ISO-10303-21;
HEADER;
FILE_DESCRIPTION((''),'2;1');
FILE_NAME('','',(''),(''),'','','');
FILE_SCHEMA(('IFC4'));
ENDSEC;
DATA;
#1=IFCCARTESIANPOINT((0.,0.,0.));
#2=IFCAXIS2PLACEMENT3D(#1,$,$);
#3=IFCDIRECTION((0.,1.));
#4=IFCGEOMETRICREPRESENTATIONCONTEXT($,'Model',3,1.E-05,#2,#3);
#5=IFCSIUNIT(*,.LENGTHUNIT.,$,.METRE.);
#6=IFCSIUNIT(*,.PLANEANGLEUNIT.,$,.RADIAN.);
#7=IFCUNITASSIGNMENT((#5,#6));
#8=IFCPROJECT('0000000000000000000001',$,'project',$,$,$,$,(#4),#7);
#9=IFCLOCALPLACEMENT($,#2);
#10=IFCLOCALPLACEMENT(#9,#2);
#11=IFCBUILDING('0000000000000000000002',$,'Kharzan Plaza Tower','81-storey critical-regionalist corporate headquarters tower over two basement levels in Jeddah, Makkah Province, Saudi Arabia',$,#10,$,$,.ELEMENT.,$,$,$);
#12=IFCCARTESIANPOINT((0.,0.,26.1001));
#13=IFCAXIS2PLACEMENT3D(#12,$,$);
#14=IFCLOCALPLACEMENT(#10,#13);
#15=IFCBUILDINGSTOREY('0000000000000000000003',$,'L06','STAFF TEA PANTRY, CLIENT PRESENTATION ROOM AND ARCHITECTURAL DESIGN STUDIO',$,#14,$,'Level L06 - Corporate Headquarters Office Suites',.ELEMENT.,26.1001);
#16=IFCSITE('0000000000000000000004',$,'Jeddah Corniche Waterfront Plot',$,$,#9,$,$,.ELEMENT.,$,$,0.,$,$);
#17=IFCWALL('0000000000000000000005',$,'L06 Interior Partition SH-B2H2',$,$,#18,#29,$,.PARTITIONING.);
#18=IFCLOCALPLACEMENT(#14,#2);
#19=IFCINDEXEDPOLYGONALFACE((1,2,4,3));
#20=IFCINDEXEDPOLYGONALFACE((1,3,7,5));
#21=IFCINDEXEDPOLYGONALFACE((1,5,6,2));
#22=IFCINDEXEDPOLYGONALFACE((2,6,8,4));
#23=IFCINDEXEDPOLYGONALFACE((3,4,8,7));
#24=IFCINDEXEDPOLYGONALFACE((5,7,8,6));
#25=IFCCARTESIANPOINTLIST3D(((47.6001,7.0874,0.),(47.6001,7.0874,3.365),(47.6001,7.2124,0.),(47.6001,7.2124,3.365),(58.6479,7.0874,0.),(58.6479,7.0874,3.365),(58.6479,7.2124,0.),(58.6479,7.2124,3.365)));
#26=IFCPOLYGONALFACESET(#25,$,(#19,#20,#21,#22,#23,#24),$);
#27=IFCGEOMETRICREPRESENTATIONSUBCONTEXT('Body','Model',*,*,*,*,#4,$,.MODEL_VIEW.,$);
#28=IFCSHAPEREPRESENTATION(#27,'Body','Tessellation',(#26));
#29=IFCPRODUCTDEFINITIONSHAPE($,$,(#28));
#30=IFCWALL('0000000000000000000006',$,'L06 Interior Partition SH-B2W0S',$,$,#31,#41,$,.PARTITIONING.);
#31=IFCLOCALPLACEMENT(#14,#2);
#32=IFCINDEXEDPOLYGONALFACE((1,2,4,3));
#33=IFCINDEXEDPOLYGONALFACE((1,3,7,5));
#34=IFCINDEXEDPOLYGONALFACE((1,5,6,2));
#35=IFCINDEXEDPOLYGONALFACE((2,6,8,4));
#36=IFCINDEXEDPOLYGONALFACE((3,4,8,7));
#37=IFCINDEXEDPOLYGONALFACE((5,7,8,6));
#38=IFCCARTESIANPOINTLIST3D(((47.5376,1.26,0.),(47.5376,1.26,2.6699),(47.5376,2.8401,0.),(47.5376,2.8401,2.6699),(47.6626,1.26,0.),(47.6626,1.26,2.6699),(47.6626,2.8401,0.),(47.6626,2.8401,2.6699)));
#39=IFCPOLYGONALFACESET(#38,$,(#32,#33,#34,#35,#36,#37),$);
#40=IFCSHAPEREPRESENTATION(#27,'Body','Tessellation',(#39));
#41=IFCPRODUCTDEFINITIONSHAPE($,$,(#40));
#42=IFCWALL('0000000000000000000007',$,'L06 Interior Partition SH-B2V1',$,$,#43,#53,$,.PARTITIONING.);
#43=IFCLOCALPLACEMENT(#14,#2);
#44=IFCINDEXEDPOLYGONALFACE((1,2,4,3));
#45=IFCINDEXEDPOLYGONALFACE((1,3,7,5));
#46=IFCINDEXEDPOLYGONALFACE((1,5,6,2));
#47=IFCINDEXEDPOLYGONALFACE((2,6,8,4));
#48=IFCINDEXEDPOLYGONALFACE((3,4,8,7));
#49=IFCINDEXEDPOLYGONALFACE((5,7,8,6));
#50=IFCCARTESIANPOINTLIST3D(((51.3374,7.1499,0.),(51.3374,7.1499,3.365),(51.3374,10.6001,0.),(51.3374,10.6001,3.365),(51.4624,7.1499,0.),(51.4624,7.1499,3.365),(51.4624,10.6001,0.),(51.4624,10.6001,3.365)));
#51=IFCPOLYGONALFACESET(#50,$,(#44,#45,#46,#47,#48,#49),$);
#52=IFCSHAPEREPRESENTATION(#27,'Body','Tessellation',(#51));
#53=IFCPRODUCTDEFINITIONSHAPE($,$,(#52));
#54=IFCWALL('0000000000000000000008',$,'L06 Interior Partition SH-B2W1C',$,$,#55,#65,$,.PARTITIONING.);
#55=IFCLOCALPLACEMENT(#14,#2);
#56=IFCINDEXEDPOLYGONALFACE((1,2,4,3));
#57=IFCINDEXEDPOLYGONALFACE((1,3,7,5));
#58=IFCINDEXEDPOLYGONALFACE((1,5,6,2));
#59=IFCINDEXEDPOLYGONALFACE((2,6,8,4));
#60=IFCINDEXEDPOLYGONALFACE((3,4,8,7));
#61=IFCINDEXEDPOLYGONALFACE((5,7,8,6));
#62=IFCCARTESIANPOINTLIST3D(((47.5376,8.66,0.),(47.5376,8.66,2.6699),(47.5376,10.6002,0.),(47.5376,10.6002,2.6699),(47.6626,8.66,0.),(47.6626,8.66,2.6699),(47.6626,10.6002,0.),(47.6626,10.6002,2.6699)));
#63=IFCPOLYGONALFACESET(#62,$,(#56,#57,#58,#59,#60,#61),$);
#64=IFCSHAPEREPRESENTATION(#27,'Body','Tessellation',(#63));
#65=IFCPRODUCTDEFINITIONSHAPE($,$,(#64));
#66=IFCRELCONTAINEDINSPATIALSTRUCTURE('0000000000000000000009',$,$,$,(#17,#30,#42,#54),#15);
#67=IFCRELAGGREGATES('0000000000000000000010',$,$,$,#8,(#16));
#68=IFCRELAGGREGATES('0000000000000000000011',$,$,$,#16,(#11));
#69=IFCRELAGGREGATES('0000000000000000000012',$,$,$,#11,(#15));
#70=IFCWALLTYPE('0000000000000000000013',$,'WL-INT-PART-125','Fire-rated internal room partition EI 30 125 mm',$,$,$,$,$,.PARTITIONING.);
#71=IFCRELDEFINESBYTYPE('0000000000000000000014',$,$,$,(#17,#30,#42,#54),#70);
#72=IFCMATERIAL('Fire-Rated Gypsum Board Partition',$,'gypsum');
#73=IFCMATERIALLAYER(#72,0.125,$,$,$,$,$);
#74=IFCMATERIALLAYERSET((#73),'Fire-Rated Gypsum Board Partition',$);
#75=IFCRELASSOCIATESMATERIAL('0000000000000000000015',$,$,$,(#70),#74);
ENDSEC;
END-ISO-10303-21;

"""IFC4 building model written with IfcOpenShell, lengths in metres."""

from ifc_helpers import new_model, si_unit, direction, frame, frame_2d, origin, place, context, subcontext, project, spatial, rectangle, extrude, source, transform, mapped, material, layer, layer_set, type_object, element, save


model = new_model("IFC4")

# Units and contexts
model_context = context("Model", 3, precision=1e-05, world=origin(), true_north=direction((0.0, 1.0)))
body_context = subcontext(model_context, "Body", "Model", "MODEL_VIEW")
ifc_project = project(units=[si_unit("LENGTHUNIT", "METRE"), si_unit("PLANEANGLEUNIT", "RADIAN")], contexts=[model_context])

# Site, building, storey
site_placement = place(None, origin())
site = spatial("IfcSite", under=ifc_project, at=site_placement, Name="Jeddah Corniche Waterfront Plot", CompositionType="ELEMENT", RefElevation=0.0)
building_placement = place(site_placement, origin())
building = spatial("IfcBuilding", under=site, at=building_placement, Name="Kharzan Plaza Tower", Description="81-storey critical-regionalist corporate headquarters tower over two basement levels in Jeddah, Makkah Province, Saudi Arabia", CompositionType="ELEMENT")
storey_placement = place(building_placement, frame((0.0, 0.0, 26.1001)))
storey = spatial("IfcBuildingStorey", under=building, at=storey_placement, Name="L06", Description="STAFF TEA PANTRY, CLIENT PRESENTATION ROOM AND ARCHITECTURAL DESIGN STUDIO", LongName="Level L06 - Corporate Headquarters Office Suites", CompositionType="ELEMENT", Elevation=26.1001)

# Shared definitions
ifc_material_1 = material(Name="Fire-Rated Gypsum Board Partition", Category="gypsum")
ifc_layer_1 = layer(ifc_material_1, 0.125)
ifc_layer_set_1 = layer_set([ifc_layer_1], Name="Fire-Rated Gypsum Board Partition")
wall_type_1 = type_object("IfcWallType", Name="WL-INT-PART-125", Description="Fire-rated internal room partition EI 30 125 mm", PredefinedType="PARTITIONING", material=ifc_layer_set_1)

# Walls
shared_shape_1 = source(origin(), body_context, "Body", "SweptSolid", [
    extrude(rectangle(XDim=11.0479, YDim=0.125, at=frame_2d((5.5239, 0.0))), origin(), (0.0, 0.0, 1.0), 3.365),
])
for number, where, z_axis, x_axis, name in (
    (1, (47.6001, 7.1499, 0.0), (0.0, 0.0, 1.0), (1.0, 0.0, 0.0), "L06 Interior Partition SH-B2H2"),
):
    element("IfcWall", number, at=place(storey_placement, frame(where, z_axis=z_axis, x_axis=x_axis)), inside=storey, type_object=wall_type_1, Name=name, PredefinedType="PARTITIONING", context=body_context, shape_type="MappedRepresentation", body=[
        mapped(shared_shape_1, transform((0.0, 0.0, 0.0), x_axis=(1.0, 0.0, 0.0), y_axis=(0.0, 1.0, 0.0), z_axis=(0.0, 0.0, 1.0))),
    ])
shared_shape_2 = source(origin(), body_context, "Body", "SweptSolid", [
    extrude(rectangle(XDim=1.5801, YDim=0.125, at=frame_2d((0.79, 0.0))), origin(), (0.0, 0.0, 1.0), 2.6699),
])
wall_1_placement = place(storey_placement, frame((47.6001, 1.26, 0.0), z_axis=(0.0, 0.0, 1.0), x_axis=(0.0, 1.0, 0.0)))
element("IfcWall", 2, at=wall_1_placement, inside=storey, type_object=wall_type_1, Name="L06 Interior Partition SH-B2W0S", PredefinedType="PARTITIONING", context=body_context, shape_type="MappedRepresentation", body=[
    mapped(shared_shape_2, transform((0.0, 0.0, 0.0), x_axis=(1.0, 0.0, 0.0), y_axis=(0.0, 1.0, 0.0), z_axis=(0.0, 0.0, 1.0))),
])
shared_shape_3 = source(origin(), body_context, "Body", "SweptSolid", [
    extrude(rectangle(XDim=3.4502, YDim=0.125, at=frame_2d((1.7251, 0.0))), origin(), (0.0, 0.0, 1.0), 3.365),
])
wall_2_placement = place(storey_placement, frame((51.3999, 7.1499, 0.0), z_axis=(0.0, 0.0, 1.0), x_axis=(0.0, 1.0, 0.0)))
element("IfcWall", 3, at=wall_2_placement, inside=storey, type_object=wall_type_1, Name="L06 Interior Partition SH-B2V1", PredefinedType="PARTITIONING", context=body_context, shape_type="MappedRepresentation", body=[
    mapped(shared_shape_3, transform((0.0, 0.0, 0.0), x_axis=(1.0, 0.0, 0.0), y_axis=(0.0, 1.0, 0.0), z_axis=(0.0, 0.0, 1.0))),
])
shared_shape_4 = source(origin(), body_context, "Body", "SweptSolid", [
    extrude(rectangle(XDim=1.9402, YDim=0.125, at=frame_2d((0.9702, 0.0))), origin(), (0.0, 0.0, 1.0), 2.6699),
])
wall_3_placement = place(storey_placement, frame((47.6001, 8.6599, 0.0), z_axis=(0.0, 0.0, 1.0), x_axis=(0.0, 1.0, 0.0)))
element("IfcWall", 4, at=wall_3_placement, inside=storey, type_object=wall_type_1, Name="L06 Interior Partition SH-B2W1C", PredefinedType="PARTITIONING", context=body_context, shape_type="MappedRepresentation", body=[
    mapped(shared_shape_4, transform((0.0, 0.0, 0.0), x_axis=(1.0, 0.0, 0.0), y_axis=(0.0, 1.0, 0.0), z_axis=(0.0, 0.0, 1.0))),
])

save(model, "model.ifc")
